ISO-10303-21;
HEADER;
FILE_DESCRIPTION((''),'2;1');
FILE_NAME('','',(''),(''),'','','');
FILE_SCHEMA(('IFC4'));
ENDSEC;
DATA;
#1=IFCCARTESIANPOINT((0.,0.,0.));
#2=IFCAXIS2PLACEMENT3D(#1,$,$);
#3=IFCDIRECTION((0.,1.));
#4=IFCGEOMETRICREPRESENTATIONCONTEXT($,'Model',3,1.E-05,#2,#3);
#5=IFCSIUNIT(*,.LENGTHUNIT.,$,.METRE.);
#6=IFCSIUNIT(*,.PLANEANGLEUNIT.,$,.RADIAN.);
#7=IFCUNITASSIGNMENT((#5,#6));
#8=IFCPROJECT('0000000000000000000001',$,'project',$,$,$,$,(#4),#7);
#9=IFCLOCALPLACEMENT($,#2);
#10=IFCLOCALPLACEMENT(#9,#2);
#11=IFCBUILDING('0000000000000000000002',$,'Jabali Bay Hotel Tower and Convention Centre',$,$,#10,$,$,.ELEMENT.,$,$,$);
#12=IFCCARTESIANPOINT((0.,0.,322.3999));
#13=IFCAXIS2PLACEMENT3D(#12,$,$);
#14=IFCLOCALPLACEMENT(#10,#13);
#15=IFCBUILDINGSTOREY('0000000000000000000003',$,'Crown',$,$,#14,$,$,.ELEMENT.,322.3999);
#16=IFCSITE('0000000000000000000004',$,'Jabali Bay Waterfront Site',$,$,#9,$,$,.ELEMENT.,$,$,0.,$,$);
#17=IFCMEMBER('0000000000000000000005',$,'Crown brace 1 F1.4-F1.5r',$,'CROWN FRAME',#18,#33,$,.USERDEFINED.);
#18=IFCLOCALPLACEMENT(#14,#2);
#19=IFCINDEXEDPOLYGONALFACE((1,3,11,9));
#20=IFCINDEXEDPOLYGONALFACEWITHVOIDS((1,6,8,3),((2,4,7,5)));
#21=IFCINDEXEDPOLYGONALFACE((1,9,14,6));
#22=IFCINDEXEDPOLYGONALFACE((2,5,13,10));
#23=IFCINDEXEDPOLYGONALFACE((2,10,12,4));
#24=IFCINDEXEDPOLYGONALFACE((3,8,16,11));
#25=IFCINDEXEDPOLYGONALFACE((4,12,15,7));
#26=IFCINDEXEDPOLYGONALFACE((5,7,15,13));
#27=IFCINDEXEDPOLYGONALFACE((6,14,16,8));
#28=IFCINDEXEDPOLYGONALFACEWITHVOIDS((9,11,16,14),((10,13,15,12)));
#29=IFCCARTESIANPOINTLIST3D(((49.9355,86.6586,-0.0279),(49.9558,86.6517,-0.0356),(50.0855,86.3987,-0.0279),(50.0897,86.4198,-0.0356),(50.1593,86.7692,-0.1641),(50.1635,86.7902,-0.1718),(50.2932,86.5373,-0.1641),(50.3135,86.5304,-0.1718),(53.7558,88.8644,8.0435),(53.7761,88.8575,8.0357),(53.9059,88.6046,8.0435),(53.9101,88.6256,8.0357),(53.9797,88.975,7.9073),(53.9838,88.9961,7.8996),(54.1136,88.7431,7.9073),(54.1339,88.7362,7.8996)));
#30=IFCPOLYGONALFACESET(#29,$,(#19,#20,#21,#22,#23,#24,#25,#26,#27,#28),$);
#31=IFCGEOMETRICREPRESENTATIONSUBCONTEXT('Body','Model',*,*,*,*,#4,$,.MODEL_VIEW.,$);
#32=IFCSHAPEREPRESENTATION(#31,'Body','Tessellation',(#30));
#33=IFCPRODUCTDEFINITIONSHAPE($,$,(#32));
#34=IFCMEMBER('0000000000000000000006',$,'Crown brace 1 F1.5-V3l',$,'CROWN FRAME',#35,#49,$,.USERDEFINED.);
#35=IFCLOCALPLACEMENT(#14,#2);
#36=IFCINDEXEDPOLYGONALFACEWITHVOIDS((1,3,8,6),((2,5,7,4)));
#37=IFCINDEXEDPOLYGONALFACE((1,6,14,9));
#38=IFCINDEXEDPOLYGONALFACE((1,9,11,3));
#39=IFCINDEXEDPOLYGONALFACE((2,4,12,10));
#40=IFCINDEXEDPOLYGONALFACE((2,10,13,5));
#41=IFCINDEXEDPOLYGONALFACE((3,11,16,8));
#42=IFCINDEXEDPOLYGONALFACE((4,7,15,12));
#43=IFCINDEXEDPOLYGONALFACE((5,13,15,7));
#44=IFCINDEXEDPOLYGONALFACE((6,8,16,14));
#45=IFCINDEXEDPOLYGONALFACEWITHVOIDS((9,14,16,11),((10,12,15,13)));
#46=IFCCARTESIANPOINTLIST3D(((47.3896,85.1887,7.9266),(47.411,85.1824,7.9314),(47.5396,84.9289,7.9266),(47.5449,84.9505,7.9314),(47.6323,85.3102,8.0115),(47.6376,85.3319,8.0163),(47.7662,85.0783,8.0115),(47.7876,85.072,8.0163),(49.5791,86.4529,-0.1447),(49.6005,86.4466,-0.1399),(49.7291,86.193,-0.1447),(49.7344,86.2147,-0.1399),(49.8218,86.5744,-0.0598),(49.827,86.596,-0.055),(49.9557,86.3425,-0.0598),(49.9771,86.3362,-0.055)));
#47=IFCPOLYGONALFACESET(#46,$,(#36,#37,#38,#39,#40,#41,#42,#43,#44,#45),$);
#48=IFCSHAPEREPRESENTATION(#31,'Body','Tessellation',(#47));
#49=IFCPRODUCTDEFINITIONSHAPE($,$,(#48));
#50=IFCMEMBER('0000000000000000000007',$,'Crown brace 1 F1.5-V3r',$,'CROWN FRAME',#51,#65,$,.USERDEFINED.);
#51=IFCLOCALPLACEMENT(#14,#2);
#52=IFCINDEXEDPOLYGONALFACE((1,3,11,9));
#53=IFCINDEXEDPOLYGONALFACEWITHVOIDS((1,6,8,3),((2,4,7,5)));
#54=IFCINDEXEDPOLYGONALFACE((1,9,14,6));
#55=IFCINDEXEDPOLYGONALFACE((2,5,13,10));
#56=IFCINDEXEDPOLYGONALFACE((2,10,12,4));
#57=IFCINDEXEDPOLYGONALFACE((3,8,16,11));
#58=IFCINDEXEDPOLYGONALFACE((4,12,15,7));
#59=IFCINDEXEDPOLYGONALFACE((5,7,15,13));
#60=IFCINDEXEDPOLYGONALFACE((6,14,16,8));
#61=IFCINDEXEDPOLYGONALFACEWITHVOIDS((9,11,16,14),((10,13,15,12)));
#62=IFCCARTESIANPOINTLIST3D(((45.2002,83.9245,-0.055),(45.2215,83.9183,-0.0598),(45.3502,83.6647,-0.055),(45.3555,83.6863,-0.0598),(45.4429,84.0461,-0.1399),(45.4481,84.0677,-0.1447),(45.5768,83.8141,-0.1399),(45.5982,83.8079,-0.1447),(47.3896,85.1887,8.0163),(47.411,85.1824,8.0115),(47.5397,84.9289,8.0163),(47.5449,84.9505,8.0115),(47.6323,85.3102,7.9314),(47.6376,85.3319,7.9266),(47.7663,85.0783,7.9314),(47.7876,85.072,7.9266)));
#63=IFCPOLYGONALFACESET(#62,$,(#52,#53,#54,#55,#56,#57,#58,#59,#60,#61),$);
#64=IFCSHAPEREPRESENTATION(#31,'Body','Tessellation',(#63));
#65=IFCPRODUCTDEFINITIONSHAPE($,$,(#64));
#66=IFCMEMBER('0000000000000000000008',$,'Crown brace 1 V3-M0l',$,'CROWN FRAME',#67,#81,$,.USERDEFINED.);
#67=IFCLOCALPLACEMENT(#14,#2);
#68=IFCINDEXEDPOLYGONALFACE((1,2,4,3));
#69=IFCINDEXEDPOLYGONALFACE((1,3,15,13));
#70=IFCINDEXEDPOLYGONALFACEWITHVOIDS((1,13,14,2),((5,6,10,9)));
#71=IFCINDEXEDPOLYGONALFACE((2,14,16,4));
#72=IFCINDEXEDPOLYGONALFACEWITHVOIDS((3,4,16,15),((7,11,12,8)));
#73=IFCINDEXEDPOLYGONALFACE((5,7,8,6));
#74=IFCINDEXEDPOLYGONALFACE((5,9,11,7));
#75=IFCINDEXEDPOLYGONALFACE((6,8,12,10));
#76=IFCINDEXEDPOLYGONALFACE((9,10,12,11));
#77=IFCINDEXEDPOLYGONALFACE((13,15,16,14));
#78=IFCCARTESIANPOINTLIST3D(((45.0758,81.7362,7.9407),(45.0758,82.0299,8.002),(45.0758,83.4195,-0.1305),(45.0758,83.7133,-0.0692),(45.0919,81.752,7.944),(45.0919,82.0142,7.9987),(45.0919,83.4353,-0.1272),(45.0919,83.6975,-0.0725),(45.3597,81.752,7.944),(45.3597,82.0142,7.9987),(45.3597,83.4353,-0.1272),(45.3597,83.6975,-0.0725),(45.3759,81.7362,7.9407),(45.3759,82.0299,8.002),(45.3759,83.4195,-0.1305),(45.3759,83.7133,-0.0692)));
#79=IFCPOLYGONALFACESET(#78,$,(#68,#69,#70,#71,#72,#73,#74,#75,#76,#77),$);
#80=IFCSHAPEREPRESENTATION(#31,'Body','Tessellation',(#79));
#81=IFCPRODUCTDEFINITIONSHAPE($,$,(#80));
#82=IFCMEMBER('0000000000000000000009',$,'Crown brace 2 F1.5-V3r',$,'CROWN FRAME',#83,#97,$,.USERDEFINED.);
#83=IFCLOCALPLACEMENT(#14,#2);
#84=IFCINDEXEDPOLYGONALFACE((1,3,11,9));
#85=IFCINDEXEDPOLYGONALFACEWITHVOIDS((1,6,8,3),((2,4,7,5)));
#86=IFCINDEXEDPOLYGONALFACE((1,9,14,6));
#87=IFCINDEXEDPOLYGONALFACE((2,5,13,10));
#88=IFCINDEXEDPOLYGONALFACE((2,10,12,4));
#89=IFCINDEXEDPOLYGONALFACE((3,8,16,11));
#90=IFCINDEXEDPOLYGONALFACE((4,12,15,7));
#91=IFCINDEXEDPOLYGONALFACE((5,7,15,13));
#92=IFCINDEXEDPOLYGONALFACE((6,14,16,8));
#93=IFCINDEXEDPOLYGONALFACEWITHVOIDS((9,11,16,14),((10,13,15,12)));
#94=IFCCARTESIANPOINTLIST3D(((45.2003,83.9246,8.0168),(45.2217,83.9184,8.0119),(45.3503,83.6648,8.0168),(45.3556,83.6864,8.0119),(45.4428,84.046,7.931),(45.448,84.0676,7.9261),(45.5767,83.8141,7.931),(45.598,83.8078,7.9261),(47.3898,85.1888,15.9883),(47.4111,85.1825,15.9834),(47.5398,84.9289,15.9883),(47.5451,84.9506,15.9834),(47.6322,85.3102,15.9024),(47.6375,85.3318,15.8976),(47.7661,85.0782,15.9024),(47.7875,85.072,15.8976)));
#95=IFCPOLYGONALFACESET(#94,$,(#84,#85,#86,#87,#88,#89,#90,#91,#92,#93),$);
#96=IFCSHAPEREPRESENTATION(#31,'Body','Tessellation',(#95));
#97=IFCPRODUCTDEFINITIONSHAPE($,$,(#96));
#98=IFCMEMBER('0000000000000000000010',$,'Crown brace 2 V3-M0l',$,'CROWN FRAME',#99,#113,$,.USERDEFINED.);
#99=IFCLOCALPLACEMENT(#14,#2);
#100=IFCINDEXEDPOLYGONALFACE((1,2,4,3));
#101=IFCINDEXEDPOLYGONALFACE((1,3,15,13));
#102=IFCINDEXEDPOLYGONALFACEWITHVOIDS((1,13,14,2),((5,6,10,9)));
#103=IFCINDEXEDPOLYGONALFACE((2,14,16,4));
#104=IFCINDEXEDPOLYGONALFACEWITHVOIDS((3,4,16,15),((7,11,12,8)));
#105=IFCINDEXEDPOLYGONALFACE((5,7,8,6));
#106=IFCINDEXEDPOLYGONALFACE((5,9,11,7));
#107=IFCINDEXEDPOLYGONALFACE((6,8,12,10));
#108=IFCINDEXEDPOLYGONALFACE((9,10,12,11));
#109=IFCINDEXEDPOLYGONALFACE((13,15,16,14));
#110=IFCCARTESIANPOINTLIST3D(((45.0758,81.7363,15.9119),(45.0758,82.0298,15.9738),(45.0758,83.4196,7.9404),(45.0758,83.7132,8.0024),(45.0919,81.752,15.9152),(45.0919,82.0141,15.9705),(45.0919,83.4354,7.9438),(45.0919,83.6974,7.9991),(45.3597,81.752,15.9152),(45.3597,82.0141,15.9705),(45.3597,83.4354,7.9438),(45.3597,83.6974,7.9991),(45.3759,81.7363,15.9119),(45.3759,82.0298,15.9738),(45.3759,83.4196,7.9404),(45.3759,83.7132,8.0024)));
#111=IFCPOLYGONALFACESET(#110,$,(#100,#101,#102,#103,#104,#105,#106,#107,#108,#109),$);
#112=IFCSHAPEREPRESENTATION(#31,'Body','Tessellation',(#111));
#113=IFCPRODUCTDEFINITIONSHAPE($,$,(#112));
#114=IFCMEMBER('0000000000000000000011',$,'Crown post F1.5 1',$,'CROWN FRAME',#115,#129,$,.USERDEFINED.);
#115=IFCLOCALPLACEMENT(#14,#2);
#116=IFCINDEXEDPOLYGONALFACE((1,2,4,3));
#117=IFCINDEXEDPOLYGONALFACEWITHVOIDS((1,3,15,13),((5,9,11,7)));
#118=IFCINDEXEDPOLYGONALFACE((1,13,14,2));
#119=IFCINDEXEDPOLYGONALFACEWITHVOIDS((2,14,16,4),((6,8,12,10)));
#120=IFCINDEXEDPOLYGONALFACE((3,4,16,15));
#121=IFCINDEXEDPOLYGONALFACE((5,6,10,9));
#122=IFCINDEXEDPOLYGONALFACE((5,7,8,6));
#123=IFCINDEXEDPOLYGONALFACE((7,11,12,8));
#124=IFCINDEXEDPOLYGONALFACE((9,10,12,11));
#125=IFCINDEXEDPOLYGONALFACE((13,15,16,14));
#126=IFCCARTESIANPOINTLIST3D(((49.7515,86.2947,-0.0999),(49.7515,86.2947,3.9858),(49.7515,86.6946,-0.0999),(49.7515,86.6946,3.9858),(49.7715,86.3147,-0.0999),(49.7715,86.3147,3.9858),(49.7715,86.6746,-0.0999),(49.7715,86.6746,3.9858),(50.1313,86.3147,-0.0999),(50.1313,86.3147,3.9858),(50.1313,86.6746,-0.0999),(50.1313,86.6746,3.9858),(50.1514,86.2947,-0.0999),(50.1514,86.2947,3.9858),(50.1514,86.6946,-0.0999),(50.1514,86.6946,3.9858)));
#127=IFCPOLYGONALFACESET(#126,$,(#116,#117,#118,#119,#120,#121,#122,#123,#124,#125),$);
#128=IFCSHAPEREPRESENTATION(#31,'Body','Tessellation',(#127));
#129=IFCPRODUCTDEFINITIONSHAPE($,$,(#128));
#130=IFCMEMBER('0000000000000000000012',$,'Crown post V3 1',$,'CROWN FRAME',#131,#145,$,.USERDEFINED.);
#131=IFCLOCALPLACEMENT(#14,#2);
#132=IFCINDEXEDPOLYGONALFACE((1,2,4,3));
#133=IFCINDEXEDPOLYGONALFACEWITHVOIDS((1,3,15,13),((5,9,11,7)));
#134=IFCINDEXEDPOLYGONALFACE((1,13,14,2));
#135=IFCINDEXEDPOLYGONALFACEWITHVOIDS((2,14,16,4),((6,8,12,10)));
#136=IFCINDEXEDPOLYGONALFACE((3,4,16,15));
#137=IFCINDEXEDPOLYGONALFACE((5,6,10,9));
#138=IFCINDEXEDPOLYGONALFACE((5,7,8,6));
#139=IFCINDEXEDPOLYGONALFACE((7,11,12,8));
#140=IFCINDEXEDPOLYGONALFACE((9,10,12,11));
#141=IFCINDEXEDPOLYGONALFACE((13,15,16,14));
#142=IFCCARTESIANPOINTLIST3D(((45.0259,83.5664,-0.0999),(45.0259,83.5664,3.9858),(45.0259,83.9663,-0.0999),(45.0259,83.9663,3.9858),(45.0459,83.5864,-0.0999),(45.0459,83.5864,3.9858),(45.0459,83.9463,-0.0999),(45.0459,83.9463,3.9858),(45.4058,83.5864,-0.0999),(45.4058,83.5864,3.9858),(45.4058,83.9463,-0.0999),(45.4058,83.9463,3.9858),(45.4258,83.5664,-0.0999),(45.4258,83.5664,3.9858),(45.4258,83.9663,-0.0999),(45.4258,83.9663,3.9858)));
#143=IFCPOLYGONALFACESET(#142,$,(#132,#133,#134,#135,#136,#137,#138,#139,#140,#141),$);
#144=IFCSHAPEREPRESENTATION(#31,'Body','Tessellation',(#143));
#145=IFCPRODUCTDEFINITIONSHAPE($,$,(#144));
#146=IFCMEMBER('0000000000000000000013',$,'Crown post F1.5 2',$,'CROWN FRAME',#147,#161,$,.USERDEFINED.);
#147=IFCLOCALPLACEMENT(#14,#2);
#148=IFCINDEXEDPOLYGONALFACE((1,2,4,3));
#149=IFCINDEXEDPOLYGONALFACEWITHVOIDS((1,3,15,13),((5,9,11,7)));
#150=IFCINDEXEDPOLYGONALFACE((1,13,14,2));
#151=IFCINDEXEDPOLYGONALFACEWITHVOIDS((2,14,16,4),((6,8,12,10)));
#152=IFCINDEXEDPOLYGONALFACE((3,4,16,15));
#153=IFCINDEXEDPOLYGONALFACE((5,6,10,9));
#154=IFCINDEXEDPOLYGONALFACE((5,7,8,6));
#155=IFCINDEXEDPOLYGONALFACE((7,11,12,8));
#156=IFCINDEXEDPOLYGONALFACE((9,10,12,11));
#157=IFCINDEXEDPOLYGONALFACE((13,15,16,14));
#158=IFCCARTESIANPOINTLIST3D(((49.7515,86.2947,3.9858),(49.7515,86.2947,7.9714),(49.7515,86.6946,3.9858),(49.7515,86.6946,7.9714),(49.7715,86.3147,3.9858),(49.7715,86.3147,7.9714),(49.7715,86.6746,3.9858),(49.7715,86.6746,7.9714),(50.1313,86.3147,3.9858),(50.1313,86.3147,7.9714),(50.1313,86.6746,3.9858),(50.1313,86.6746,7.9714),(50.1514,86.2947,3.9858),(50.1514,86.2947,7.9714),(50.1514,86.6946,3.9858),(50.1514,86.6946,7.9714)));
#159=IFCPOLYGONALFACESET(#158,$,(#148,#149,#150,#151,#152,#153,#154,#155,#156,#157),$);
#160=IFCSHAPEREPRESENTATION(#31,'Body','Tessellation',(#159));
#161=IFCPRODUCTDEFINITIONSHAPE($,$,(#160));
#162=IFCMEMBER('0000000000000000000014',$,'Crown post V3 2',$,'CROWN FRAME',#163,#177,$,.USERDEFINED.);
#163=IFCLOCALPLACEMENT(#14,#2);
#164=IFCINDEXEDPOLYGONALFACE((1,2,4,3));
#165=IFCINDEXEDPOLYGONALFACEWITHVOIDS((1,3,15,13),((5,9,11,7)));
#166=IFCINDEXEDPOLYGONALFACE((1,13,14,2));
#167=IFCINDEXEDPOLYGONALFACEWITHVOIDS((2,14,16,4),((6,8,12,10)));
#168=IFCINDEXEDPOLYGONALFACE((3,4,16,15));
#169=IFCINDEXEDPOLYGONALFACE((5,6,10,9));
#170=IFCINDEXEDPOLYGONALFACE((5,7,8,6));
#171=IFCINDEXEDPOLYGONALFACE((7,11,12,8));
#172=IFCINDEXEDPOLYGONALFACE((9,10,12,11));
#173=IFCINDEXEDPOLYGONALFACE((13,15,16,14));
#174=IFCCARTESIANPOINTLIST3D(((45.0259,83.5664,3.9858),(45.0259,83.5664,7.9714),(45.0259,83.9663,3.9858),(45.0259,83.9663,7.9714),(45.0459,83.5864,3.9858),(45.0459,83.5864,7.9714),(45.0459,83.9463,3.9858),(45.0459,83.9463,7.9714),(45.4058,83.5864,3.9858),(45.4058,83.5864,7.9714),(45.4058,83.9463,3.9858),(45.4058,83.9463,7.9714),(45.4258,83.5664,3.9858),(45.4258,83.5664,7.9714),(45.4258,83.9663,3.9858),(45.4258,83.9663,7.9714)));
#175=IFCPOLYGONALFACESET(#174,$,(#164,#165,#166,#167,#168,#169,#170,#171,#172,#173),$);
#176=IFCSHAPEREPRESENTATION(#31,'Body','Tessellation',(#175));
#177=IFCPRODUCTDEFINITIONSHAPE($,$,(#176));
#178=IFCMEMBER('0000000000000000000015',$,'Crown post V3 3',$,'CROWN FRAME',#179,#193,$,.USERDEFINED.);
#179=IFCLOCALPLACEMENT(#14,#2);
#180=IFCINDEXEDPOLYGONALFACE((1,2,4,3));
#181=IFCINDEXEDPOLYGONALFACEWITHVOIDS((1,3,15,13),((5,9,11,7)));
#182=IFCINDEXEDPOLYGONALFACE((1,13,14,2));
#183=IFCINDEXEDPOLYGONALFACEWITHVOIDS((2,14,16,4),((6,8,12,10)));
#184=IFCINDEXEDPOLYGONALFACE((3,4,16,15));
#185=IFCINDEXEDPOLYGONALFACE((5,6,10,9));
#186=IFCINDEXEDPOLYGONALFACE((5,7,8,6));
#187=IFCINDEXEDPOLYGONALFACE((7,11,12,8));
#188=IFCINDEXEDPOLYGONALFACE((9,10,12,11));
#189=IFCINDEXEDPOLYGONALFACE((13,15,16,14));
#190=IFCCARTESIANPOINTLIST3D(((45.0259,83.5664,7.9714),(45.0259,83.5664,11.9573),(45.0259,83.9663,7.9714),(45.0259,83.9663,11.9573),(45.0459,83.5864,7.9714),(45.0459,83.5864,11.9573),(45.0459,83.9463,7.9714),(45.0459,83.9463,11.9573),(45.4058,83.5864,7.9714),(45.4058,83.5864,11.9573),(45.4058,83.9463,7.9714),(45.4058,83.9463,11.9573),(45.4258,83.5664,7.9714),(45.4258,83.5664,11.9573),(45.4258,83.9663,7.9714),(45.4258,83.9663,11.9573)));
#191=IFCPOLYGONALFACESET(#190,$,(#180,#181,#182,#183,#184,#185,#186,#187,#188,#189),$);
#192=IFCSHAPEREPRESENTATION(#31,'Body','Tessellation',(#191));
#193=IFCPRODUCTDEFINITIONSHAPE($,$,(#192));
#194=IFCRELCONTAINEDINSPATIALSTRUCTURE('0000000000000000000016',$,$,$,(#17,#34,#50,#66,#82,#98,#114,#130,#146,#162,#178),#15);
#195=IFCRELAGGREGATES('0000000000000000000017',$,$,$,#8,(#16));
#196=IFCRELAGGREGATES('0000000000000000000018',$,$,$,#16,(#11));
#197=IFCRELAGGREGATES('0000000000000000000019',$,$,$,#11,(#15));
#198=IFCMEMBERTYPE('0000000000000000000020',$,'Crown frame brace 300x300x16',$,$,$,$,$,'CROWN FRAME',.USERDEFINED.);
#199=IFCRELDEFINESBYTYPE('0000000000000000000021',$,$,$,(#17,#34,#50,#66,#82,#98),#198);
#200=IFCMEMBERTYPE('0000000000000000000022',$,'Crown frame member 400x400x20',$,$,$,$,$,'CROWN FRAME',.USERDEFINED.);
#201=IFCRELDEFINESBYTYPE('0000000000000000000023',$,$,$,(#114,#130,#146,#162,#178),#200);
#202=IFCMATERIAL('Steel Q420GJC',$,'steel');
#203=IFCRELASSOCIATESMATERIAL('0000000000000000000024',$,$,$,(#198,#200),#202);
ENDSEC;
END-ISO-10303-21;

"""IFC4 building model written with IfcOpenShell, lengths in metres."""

from ifc_helpers import new_model, si_unit, direction, frame, origin, origin_2d, place, context, subcontext, project, spatial, hollow_rectangle, extrude, material, material_profile, profile_set, type_object, element, save


model = new_model("IFC4")

# Units and contexts
model_context = context("Model", 3, precision=1e-05, world=origin(), true_north=direction((0.0, 1.0)))
body_context = subcontext(model_context, "Body", "Model", "MODEL_VIEW")
ifc_project = project(units=[si_unit("LENGTHUNIT", "METRE"), si_unit("PLANEANGLEUNIT", "RADIAN")], contexts=[model_context])

# Site, building, storey
site_placement = place(None, origin())
site = spatial("IfcSite", under=ifc_project, at=site_placement, Name="Jabali Bay Waterfront Site", CompositionType="ELEMENT", RefElevation=0.0)
building_placement = place(site_placement, origin())
building = spatial("IfcBuilding", under=site, at=building_placement, Name="Jabali Bay Hotel Tower and Convention Centre", CompositionType="ELEMENT")
storey_placement = place(building_placement, frame((0.0, 0.0, 322.3999)))
storey = spatial("IfcBuildingStorey", under=building, at=storey_placement, Name="Crown", CompositionType="ELEMENT", Elevation=322.3999)

# Members
ifc_material_1 = material(Name="Steel Q420GJC", Category="steel")
ifc_material_profile_1 = material_profile(ifc_material_1, hollow_rectangle(XDim=0.3, YDim=0.3, WallThickness=0.0161, at=origin_2d()), Name="Crown frame brace 300x300x16")
ifc_profile_set_1 = profile_set([ifc_material_profile_1], Name="Steel Q420GJC")
member_type_1 = type_object("IfcMemberType", Name="Crown frame brace 300x300x16", ElementType="CROWN FRAME", PredefinedType="USERDEFINED", material=ifc_profile_set_1)
member_1_placement = place(storey_placement, frame((50.1245, 86.5945, -0.0999), z_axis=(0.415335, 0.23981, 0.87749), x_axis=(-0.500026, 0.86601, 0.0)))
element("IfcMember", 1, at=member_1_placement, inside=storey, type_object=member_type_1, Name="Crown brace 1 F1.4-F1.5r", ObjectType="CROWN FRAME", PredefinedType="USERDEFINED", context=body_context, shape_type="SweptSolid", body=[
    extrude(hollow_rectangle(XDim=0.3, YDim=0.3, WallThickness=0.0161, at=origin_2d()), origin(), (0.0, 0.0, 1.0), 9.1982),
])
for number, where, z_axis, x_axis, name in (
    (2, (49.7781, 86.3945, -0.0999), (-0.258862, -0.149464, 0.95428), (0.500023, -0.866012, 0.0), "Crown brace 1 F1.5-V3l"),
    (3, (45.3992, 83.8662, -0.0999), (0.258862, 0.149464, 0.95428), (-0.500023, 0.866012, 0.0), "Crown brace 1 F1.5-V3r"),
):
    element("IfcMember", number, at=place(storey_placement, frame(where, z_axis=z_axis, x_axis=x_axis)), inside=storey, type_object=member_type_1, Name=name, ObjectType="CROWN FRAME", PredefinedType="USERDEFINED", context=body_context, shape_type="SweptSolid", body=[
        extrude(hollow_rectangle(XDim=0.3, YDim=0.3, WallThickness=0.0161, at=origin_2d()), origin(), (0.0, 0.0, 1.0), 8.458),
    ])
member_2_placement = place(storey_placement, frame((45.2258, 83.5664, -0.0999), z_axis=(0.0, -0.204167, 0.978936), x_axis=(1.0, 0.0, 0.0)))
element("IfcMember", 4, at=member_2_placement, inside=storey, type_object=member_type_1, Name="Crown brace 1 V3-M0l", ObjectType="CROWN FRAME", PredefinedType="USERDEFINED", context=body_context, shape_type="SweptSolid", body=[
    extrude(hollow_rectangle(XDim=0.3, YDim=0.3, WallThickness=0.0161, at=origin_2d()), origin(), (0.0, 0.0, 1.0), 8.2449),
])
member_3_placement = place(storey_placement, frame((45.3992, 83.8662, 7.9714), z_axis=(0.26181, 0.151166, 0.953207), x_axis=(-0.500023, 0.866012, 0.0)))
element("IfcMember", 5, at=member_3_placement, inside=storey, type_object=member_type_1, Name="Crown brace 2 F1.5-V3r", ObjectType="CROWN FRAME", PredefinedType="USERDEFINED", context=body_context, shape_type="SweptSolid", body=[
    extrude(hollow_rectangle(XDim=0.3, YDim=0.3, WallThickness=0.0161, at=origin_2d()), origin(), (0.0, 0.0, 1.0), 8.3628),
])
member_4_placement = place(storey_placement, frame((45.2258, 83.5664, 7.9714), z_axis=(0.0, -0.206616, 0.978422), x_axis=(1.0, 0.0, 0.0)))
element("IfcMember", 6, at=member_4_placement, inside=storey, type_object=member_type_1, Name="Crown brace 2 V3-M0l", ObjectType="CROWN FRAME", PredefinedType="USERDEFINED", context=body_context, shape_type="SweptSolid", body=[
    extrude(hollow_rectangle(XDim=0.3, YDim=0.3, WallThickness=0.0161, at=origin_2d()), origin(), (0.0, 0.0, 1.0), 8.1472),
])
ifc_material_profile_2 = material_profile(ifc_material_1, hollow_rectangle(XDim=0.3999, YDim=0.3999, WallThickness=0.02, at=origin_2d()), Name="Crown frame member 400x400x20")
ifc_profile_set_2 = profile_set([ifc_material_profile_2], Name="Steel Q420GJC")
member_type_2 = type_object("IfcMemberType", Name="Crown frame member 400x400x20", ElementType="CROWN FRAME", PredefinedType="USERDEFINED", material=ifc_profile_set_2)
for number, where, z_axis, x_axis, name in (
    (7, (49.9514, 86.4946, -0.0999), (0.0, 0.0, 1.0), (1.0, 0.0, 0.0), "Crown post F1.5 1"),
    (8, (45.2258, 83.7664, -0.0999), (0.0, 0.0, 1.0), (1.0, 0.0, 0.0), "Crown post V3 1"),
):
    element("IfcMember", number, at=place(storey_placement, frame(where, z_axis=z_axis, x_axis=x_axis)), inside=storey, type_object=member_type_2, Name=name, ObjectType="CROWN FRAME", PredefinedType="USERDEFINED", context=body_context, shape_type="SweptSolid", body=[
        extrude(hollow_rectangle(XDim=0.3999, YDim=0.3999, WallThickness=0.02, at=origin_2d()), origin(), (0.0, 0.0, 1.0), 4.0857),
    ])
for number, where, z_axis, x_axis, name in (
    (9, (49.9514, 86.4946, 3.9858), (0.0, 0.0, 1.0), (1.0, 0.0, 0.0), "Crown post F1.5 2"),
    (10, (45.2258, 83.7664, 3.9858), (0.0, 0.0, 1.0), (1.0, 0.0, 0.0), "Crown post V3 2"),
):
    element("IfcMember", number, at=place(storey_placement, frame(where, z_axis=z_axis, x_axis=x_axis)), inside=storey, type_object=member_type_2, Name=name, ObjectType="CROWN FRAME", PredefinedType="USERDEFINED", context=body_context, shape_type="SweptSolid", body=[
        extrude(hollow_rectangle(XDim=0.3999, YDim=0.3999, WallThickness=0.02, at=origin_2d()), origin(), (0.0, 0.0, 1.0), 3.9856),
    ])
member_5_placement = place(storey_placement, frame((45.2258, 83.7664, 7.9714), z_axis=(0.0, 0.0, 1.0), x_axis=(1.0, 0.0, 0.0)))
element("IfcMember", 11, at=member_5_placement, inside=storey, type_object=member_type_2, Name="Crown post V3 3", ObjectType="CROWN FRAME", PredefinedType="USERDEFINED", context=body_context, shape_type="SweptSolid", body=[
    extrude(hollow_rectangle(XDim=0.3999, YDim=0.3999, WallThickness=0.02, at=origin_2d()), origin(), (0.0, 0.0, 1.0), 3.9858),
])

save(model, "model.ifc")
